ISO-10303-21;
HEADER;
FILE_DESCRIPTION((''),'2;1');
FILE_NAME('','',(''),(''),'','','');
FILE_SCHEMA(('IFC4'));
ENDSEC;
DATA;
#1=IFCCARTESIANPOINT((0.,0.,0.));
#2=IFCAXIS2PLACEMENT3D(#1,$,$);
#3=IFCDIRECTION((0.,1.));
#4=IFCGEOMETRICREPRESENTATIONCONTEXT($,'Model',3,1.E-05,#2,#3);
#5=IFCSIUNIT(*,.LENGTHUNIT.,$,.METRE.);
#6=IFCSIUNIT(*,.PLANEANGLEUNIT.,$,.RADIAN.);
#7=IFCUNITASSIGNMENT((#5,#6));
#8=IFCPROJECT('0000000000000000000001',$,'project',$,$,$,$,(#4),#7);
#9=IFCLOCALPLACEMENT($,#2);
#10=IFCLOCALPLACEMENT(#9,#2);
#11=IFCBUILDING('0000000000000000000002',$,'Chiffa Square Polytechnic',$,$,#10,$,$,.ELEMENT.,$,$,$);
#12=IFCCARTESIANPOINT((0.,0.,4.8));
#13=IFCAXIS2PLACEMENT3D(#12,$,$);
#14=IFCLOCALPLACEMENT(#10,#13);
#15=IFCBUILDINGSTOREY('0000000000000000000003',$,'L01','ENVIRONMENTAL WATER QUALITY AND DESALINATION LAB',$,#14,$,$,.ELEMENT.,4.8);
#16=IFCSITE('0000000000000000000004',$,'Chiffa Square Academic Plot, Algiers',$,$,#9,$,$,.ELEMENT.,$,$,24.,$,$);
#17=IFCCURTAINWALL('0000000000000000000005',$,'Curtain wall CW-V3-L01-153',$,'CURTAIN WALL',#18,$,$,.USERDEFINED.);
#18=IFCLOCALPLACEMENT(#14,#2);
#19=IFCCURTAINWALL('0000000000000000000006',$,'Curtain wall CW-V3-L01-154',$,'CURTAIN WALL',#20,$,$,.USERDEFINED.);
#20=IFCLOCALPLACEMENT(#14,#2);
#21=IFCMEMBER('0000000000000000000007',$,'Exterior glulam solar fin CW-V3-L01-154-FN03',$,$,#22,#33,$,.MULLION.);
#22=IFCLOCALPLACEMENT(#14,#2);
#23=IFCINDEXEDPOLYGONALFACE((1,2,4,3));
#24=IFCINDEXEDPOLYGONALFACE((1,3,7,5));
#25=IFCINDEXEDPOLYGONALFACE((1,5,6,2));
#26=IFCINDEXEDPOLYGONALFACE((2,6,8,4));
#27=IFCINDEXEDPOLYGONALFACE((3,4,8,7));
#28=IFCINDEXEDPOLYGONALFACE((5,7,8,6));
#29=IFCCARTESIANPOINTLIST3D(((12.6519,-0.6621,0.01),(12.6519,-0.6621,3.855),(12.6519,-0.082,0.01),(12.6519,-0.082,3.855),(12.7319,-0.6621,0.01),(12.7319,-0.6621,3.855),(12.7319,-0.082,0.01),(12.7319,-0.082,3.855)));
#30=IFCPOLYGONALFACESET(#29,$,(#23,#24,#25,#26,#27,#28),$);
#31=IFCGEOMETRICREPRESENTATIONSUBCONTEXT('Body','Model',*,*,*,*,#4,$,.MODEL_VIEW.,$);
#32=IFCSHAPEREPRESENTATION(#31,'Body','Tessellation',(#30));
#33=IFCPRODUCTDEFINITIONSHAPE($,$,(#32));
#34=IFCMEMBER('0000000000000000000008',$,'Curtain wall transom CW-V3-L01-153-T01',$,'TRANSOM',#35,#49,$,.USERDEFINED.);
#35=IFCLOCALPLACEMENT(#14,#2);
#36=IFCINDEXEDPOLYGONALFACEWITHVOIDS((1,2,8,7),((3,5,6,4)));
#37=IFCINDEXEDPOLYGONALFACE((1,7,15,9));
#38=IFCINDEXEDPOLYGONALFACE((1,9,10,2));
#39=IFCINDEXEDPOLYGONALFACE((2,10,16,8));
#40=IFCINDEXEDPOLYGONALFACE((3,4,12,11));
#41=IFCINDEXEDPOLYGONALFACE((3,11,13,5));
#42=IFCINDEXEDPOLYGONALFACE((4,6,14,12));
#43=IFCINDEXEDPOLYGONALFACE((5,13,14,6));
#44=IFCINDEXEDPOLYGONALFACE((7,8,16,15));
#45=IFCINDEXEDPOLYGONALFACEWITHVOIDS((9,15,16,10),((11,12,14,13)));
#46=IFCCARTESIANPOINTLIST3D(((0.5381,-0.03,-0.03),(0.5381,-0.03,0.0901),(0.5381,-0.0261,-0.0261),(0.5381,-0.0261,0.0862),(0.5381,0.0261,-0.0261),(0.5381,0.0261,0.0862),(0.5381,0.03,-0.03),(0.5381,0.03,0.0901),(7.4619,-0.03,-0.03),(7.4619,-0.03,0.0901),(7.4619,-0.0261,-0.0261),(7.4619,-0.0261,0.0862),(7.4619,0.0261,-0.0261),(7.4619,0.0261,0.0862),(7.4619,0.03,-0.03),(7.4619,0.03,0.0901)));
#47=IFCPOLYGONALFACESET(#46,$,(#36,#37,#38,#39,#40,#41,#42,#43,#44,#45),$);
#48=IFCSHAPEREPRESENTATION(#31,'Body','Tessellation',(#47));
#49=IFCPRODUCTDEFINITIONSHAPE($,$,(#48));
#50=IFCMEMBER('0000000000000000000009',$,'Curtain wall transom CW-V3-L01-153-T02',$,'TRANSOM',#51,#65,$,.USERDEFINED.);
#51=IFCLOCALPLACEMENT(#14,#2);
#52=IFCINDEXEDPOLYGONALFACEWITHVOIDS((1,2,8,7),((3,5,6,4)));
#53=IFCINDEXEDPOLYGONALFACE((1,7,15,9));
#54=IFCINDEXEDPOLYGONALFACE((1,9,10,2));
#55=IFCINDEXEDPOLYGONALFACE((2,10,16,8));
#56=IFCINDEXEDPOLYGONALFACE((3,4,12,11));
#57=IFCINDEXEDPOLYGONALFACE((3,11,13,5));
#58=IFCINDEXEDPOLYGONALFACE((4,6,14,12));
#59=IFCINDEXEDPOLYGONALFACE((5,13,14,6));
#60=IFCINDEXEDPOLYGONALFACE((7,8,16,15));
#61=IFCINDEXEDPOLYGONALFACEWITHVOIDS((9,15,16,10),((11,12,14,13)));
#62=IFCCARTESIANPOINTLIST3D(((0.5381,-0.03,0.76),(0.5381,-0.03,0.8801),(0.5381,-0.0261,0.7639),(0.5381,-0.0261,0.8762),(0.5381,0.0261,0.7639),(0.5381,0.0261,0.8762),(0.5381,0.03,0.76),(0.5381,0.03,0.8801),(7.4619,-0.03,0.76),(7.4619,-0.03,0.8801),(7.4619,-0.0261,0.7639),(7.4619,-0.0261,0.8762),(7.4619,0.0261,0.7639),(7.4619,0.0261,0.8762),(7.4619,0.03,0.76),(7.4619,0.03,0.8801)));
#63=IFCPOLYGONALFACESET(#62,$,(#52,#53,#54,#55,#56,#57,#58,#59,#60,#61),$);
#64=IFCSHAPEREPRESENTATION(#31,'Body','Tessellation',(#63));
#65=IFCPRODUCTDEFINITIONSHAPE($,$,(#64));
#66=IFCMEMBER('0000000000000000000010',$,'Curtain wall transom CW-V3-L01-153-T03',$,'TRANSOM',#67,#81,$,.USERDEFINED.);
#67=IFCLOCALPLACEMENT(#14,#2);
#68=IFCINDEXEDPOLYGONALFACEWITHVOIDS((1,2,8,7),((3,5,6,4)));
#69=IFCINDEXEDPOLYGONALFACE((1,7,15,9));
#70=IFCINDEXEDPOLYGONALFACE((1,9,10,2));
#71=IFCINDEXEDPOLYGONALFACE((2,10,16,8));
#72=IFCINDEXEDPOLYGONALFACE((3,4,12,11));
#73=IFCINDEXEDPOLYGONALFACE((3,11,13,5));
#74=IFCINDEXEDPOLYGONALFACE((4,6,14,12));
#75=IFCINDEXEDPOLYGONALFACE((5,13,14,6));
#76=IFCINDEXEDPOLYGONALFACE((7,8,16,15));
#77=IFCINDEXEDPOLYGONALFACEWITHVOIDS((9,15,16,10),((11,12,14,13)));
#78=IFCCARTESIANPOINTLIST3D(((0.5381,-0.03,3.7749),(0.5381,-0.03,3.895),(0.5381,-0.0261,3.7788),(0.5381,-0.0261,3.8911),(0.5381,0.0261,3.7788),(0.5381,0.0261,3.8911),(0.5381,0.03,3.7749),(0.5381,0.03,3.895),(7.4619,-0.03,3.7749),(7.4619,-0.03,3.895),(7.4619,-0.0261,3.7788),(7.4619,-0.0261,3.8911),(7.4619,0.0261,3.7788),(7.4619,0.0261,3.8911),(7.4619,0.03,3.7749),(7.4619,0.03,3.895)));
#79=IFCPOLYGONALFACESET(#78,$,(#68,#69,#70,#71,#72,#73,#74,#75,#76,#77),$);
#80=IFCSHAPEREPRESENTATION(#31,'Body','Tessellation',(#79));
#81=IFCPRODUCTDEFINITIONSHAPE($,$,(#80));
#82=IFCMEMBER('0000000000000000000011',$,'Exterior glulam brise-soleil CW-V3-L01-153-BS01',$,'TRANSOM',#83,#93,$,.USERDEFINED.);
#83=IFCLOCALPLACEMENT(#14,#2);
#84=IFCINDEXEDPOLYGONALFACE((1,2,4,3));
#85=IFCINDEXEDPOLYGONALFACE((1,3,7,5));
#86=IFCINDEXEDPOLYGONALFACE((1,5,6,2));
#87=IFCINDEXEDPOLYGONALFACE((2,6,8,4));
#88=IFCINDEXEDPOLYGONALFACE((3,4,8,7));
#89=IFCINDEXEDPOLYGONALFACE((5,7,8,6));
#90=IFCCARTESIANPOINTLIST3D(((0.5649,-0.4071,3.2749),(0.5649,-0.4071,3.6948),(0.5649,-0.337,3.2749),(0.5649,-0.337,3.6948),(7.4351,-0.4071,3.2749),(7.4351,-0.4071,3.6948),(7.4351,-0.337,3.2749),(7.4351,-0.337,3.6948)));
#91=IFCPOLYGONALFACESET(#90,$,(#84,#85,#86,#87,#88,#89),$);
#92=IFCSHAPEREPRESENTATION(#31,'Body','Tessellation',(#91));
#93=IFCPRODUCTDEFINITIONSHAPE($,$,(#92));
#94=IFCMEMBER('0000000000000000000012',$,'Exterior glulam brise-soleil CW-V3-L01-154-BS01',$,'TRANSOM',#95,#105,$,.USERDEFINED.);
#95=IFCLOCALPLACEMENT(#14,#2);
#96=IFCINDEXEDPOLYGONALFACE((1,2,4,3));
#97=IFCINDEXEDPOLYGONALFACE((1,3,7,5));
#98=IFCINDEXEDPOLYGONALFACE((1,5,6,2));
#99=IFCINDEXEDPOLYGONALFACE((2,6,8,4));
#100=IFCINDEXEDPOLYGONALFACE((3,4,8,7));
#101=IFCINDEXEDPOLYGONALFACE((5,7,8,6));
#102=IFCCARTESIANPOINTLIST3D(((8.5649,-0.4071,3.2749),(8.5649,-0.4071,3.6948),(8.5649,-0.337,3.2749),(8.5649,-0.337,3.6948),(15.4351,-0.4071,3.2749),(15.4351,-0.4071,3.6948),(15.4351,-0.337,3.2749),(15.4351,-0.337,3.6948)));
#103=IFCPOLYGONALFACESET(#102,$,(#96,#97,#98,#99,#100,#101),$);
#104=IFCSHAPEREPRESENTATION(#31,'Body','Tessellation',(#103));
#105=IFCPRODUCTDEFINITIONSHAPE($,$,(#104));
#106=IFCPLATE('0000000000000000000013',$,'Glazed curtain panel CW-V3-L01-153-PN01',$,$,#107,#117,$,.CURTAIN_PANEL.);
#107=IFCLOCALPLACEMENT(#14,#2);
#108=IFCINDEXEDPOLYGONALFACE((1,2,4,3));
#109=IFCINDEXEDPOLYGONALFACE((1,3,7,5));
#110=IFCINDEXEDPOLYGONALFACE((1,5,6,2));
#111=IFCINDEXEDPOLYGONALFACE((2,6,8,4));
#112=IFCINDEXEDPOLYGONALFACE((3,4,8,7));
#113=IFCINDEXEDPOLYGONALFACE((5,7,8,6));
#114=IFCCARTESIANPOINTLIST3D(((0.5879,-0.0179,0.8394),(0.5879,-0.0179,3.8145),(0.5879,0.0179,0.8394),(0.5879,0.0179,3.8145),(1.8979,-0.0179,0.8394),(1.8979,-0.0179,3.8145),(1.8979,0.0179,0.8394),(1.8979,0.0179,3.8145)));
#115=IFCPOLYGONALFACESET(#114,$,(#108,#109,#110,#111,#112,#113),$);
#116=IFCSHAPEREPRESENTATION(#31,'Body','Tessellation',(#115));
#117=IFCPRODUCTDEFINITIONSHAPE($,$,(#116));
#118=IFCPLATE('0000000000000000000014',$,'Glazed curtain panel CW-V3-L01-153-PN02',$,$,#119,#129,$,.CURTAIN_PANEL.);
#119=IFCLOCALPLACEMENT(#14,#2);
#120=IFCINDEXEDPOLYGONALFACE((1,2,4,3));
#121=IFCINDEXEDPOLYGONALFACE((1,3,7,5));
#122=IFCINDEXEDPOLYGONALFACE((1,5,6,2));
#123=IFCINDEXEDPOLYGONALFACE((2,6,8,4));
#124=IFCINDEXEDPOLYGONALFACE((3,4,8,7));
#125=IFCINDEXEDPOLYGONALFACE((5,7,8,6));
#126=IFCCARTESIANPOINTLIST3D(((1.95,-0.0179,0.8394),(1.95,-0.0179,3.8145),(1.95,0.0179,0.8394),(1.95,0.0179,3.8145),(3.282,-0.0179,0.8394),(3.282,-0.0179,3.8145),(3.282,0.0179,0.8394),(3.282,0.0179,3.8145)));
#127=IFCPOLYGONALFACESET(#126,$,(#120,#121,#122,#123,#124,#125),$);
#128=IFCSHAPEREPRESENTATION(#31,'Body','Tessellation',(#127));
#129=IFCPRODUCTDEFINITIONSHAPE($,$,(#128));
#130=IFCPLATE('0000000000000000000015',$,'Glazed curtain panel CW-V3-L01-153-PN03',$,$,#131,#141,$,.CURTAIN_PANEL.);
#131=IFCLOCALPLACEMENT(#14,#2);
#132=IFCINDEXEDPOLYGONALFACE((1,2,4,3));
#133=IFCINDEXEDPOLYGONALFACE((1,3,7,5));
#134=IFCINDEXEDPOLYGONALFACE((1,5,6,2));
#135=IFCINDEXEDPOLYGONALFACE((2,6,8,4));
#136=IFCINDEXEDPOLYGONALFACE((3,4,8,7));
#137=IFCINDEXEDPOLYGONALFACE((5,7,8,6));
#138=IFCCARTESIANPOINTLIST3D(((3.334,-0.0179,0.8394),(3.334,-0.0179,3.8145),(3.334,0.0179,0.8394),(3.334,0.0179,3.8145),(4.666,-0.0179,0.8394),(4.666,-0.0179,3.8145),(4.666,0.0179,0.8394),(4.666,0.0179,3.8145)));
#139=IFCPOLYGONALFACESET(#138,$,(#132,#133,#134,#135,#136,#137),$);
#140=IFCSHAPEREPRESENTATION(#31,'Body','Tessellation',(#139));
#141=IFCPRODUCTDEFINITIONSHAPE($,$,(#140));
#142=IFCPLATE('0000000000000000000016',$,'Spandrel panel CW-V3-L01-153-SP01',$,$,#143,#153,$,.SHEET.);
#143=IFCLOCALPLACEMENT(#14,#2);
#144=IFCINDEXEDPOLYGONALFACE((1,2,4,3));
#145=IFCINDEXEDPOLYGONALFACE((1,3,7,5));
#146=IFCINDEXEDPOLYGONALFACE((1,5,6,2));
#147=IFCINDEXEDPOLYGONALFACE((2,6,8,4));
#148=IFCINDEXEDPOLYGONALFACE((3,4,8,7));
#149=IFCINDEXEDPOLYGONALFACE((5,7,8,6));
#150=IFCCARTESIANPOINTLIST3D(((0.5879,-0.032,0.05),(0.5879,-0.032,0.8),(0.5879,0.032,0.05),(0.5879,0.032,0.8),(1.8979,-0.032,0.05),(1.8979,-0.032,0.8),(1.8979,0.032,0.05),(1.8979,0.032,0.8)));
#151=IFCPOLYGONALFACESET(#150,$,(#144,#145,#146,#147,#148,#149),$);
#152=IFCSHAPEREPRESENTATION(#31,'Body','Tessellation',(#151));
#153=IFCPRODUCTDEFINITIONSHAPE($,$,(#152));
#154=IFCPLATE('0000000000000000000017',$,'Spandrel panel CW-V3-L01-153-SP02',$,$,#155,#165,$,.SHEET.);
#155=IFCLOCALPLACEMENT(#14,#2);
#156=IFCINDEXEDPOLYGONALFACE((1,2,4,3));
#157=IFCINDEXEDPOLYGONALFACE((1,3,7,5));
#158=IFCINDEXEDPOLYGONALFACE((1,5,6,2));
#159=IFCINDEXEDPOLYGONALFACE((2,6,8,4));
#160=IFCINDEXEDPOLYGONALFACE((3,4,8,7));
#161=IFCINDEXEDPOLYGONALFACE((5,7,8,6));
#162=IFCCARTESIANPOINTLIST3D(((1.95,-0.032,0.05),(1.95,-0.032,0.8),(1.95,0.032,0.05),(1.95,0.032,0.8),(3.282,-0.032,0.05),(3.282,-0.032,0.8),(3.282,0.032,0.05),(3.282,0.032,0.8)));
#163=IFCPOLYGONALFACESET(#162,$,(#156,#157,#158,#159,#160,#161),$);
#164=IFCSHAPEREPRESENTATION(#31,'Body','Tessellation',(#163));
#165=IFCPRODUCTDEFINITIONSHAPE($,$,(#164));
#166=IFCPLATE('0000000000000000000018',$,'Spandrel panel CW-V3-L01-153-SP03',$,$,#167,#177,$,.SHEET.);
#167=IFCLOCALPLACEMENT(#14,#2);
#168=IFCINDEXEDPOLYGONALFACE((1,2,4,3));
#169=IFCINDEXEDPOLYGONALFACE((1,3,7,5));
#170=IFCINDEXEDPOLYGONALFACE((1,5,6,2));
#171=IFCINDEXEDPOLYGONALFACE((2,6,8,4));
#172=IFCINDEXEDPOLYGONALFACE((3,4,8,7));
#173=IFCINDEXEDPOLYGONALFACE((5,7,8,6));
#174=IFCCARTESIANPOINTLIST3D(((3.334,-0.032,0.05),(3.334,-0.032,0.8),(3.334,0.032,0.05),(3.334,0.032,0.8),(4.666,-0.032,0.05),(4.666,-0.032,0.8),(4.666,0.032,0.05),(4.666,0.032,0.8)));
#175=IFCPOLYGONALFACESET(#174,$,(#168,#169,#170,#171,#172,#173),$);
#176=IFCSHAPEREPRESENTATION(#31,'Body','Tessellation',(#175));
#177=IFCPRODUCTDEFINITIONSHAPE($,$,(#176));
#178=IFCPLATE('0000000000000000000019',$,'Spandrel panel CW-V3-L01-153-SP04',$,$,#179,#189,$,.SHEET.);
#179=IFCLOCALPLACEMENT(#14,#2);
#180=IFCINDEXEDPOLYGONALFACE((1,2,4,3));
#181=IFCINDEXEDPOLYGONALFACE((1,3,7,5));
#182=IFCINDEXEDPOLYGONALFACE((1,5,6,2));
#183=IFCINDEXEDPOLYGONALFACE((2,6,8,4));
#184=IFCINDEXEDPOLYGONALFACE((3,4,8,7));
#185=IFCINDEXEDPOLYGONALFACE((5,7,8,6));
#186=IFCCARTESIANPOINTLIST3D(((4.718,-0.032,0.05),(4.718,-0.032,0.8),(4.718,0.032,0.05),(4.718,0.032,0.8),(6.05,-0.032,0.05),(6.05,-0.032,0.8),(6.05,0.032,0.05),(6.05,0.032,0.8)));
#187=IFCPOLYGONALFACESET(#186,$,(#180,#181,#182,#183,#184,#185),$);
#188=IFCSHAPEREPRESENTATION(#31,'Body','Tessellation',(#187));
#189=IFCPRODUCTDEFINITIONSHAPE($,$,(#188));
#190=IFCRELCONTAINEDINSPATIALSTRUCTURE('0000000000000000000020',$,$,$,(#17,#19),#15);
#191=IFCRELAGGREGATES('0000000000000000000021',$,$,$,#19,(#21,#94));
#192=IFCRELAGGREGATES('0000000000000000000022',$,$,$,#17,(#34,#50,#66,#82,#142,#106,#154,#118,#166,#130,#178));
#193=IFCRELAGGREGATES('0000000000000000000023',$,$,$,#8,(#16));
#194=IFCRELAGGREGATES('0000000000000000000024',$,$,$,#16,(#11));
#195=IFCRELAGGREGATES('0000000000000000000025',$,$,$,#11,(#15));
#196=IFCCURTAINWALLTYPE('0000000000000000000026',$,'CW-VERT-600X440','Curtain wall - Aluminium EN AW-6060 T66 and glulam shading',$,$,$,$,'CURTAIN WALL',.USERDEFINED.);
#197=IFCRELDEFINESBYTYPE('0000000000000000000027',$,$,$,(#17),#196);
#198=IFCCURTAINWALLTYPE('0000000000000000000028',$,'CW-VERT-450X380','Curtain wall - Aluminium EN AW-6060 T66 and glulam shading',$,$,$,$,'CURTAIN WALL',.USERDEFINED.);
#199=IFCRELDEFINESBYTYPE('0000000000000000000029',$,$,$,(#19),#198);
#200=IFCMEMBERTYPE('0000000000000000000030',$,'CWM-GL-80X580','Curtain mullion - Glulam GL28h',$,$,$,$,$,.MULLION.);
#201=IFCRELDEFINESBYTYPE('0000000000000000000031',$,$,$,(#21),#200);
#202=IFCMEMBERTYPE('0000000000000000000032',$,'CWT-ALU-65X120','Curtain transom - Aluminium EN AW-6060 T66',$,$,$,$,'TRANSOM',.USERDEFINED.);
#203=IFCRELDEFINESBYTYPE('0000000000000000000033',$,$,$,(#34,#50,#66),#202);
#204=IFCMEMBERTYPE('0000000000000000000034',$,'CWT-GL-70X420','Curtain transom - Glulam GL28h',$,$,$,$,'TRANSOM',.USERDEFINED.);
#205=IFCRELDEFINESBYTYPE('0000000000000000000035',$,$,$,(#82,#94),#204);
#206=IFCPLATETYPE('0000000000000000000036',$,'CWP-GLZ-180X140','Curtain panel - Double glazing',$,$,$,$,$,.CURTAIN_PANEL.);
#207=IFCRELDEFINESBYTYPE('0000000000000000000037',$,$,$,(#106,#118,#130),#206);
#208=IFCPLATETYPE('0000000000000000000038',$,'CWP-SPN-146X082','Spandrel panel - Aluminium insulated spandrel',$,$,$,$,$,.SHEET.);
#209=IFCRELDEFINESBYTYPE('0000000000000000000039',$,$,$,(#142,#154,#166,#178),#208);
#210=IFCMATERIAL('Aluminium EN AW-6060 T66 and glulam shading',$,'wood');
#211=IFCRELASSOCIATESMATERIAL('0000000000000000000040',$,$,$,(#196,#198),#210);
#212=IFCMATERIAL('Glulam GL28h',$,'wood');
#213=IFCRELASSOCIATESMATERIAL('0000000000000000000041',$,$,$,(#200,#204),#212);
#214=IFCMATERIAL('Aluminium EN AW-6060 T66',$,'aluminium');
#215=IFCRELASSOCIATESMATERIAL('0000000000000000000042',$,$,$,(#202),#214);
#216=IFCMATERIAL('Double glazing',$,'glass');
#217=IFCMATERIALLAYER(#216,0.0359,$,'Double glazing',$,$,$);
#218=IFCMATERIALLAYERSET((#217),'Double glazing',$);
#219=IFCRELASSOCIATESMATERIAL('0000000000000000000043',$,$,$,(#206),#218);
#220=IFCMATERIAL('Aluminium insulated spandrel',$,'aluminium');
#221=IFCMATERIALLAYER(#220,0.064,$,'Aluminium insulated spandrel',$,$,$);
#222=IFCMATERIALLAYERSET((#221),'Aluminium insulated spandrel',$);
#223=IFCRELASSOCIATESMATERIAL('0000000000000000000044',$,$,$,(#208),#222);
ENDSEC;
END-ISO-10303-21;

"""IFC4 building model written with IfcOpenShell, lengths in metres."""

from ifc_helpers import new_model, si_unit, direction, frame, origin, origin_2d, place, context, subcontext, project, spatial, rectangle, hollow_rectangle, extrude, material, layer, layer_set, material_profile, profile_set, type_object, element, aggregate, save


model = new_model("IFC4")

# Units and contexts
model_context = context("Model", 3, precision=1e-05, world=origin(), true_north=direction((0.0, 1.0)))
body_context = subcontext(model_context, "Body", "Model", "MODEL_VIEW")
ifc_project = project(units=[si_unit("LENGTHUNIT", "METRE"), si_unit("PLANEANGLEUNIT", "RADIAN")], contexts=[model_context])

# Site, building, storey
site_placement = place(None, origin())
site = spatial("IfcSite", under=ifc_project, at=site_placement, Name="Chiffa Square Academic Plot, Algiers", CompositionType="ELEMENT", RefElevation=24.0)
building_placement = place(site_placement, origin())
building = spatial("IfcBuilding", under=site, at=building_placement, Name="Chiffa Square Polytechnic", CompositionType="ELEMENT")
storey_placement = place(building_placement, frame((0.0, 0.0, 4.8)))
storey = spatial("IfcBuildingStorey", under=building, at=storey_placement, Name="L01", Description="ENVIRONMENTAL WATER QUALITY AND DESALINATION LAB", CompositionType="ELEMENT", Elevation=4.8)

# Curtain walls, member
ifc_material_1 = material(Name="Aluminium EN AW-6060 T66 and glulam shading", Category="wood")
curtain_wall_type_1 = type_object("IfcCurtainWallType", Name="CW-VERT-600X440", Description="Curtain wall - Aluminium EN AW-6060 T66 and glulam shading", ElementType="CURTAIN WALL", PredefinedType="USERDEFINED", material=ifc_material_1)
curtain_wall_1_placement = place(storey_placement, origin())
curtain_wall_1 = element("IfcCurtainWall", 1, at=curtain_wall_1_placement, inside=storey, type_object=curtain_wall_type_1, Name="Curtain wall CW-V3-L01-153", ObjectType="CURTAIN WALL", PredefinedType="USERDEFINED")
ifc_material_2 = material(Name="Aluminium EN AW-6060 T66", Category="aluminium")
ifc_material_3 = material(Name="Glulam GL28h", Category="wood")
ifc_material_profile_1 = material_profile(ifc_material_3, rectangle(XDim=0.0801, YDim=0.5801, at=origin_2d()), Name="GL28h 80x580")
ifc_profile_set_1 = profile_set([ifc_material_profile_1], Name="Glulam GL28h")
member_type_1 = type_object("IfcMemberType", Name="CWM-GL-80X580", Description="Curtain mullion - Glulam GL28h", PredefinedType="MULLION", material=ifc_profile_set_1)
curtain_wall_type_2 = type_object("IfcCurtainWallType", Name="CW-VERT-450X380", Description="Curtain wall - Aluminium EN AW-6060 T66 and glulam shading", ElementType="CURTAIN WALL", PredefinedType="USERDEFINED", material=ifc_material_1)
curtain_wall_2_placement = place(storey_placement, origin())
curtain_wall_2 = element("IfcCurtainWall", 2, at=curtain_wall_2_placement, inside=storey, type_object=curtain_wall_type_2, Name="Curtain wall CW-V3-L01-154", ObjectType="CURTAIN WALL", PredefinedType="USERDEFINED")
member_1_placement = place(storey_placement, frame((12.6919, -0.3721, 0.01), z_axis=(0.0, 0.0, 1.0), x_axis=(1.0, 0.0, 0.0)))
member_1 = element("IfcMember", 3, at=member_1_placement, type_object=member_type_1, Name="Exterior glulam solar fin CW-V3-L01-154-FN03", PredefinedType="MULLION", context=body_context, shape_type="SweptSolid", body=[
    extrude(rectangle(XDim=0.0801, YDim=0.5801, at=origin_2d()), origin(), (0.0, 0.0, 1.0), 3.845),
])

# Members
ifc_material_profile_2 = material_profile(ifc_material_2, hollow_rectangle(XDim=0.0601, YDim=0.1201, WallThickness=0.0039, at=origin_2d()), Name="ALU 60x120x4")
ifc_profile_set_2 = profile_set([ifc_material_profile_2], Name="Aluminium EN AW-6060 T66")
member_type_2 = type_object("IfcMemberType", Name="CWT-ALU-65X120", Description="Curtain transom - Aluminium EN AW-6060 T66", ElementType="TRANSOM", PredefinedType="USERDEFINED", material=ifc_profile_set_2)
member_2_placement = place(storey_placement, frame((0.5381, 0.0, 0.03), z_axis=(1.0, 0.0, 0.0), x_axis=(0.0, 1.0, 0.0)))
member_2 = element("IfcMember", 4, at=member_2_placement, type_object=member_type_2, Name="Curtain wall transom CW-V3-L01-153-T01", ObjectType="TRANSOM", PredefinedType="USERDEFINED", context=body_context, shape_type="SweptSolid", body=[
    extrude(hollow_rectangle(XDim=0.0601, YDim=0.1201, WallThickness=0.0039, at=origin_2d()), origin(), (0.0, 0.0, 1.0), 6.9238),
])
member_3_placement = place(storey_placement, frame((0.5381, 0.0, 0.8201), z_axis=(1.0, 0.0, 0.0), x_axis=(0.0, 1.0, 0.0)))
member_3 = element("IfcMember", 5, at=member_3_placement, type_object=member_type_2, Name="Curtain wall transom CW-V3-L01-153-T02", ObjectType="TRANSOM", PredefinedType="USERDEFINED", context=body_context, shape_type="SweptSolid", body=[
    extrude(hollow_rectangle(XDim=0.0601, YDim=0.1201, WallThickness=0.0039, at=origin_2d()), origin(), (0.0, 0.0, 1.0), 6.9238),
])
member_4_placement = place(storey_placement, frame((0.5381, 0.0, 3.835), z_axis=(1.0, 0.0, 0.0), x_axis=(0.0, 1.0, 0.0)))
member_4 = element("IfcMember", 6, at=member_4_placement, type_object=member_type_2, Name="Curtain wall transom CW-V3-L01-153-T03", ObjectType="TRANSOM", PredefinedType="USERDEFINED", context=body_context, shape_type="SweptSolid", body=[
    extrude(hollow_rectangle(XDim=0.0601, YDim=0.1201, WallThickness=0.0039, at=origin_2d()), origin(), (0.0, 0.0, 1.0), 6.9238),
])
ifc_material_profile_3 = material_profile(ifc_material_3, rectangle(XDim=0.0701, YDim=0.4199, at=origin_2d()), Name="GL28h 70x420")
ifc_profile_set_3 = profile_set([ifc_material_profile_3], Name="Glulam GL28h")
member_type_3 = type_object("IfcMemberType", Name="CWT-GL-70X420", Description="Curtain transom - Glulam GL28h", ElementType="TRANSOM", PredefinedType="USERDEFINED", material=ifc_profile_set_3)
member_5_placement = place(storey_placement, frame((0.5649, -0.3721, 3.4849), z_axis=(1.0, 0.0, 0.0), x_axis=(0.0, 1.0, 0.0)))
member_5 = element("IfcMember", 7, at=member_5_placement, type_object=member_type_3, Name="Exterior glulam brise-soleil CW-V3-L01-153-BS01", ObjectType="TRANSOM", PredefinedType="USERDEFINED", context=body_context, shape_type="SweptSolid", body=[
    extrude(rectangle(XDim=0.0701, YDim=0.4199, at=origin_2d()), origin(), (0.0, 0.0, 1.0), 6.8701),
])
member_6_placement = place(storey_placement, frame((8.5649, -0.3721, 3.4849), z_axis=(1.0, 0.0, 0.0), x_axis=(0.0, 1.0, 0.0)))
member_6 = element("IfcMember", 8, at=member_6_placement, type_object=member_type_3, Name="Exterior glulam brise-soleil CW-V3-L01-154-BS01", ObjectType="TRANSOM", PredefinedType="USERDEFINED", context=body_context, shape_type="SweptSolid", body=[
    extrude(rectangle(XDim=0.0701, YDim=0.4199, at=origin_2d()), origin(), (0.0, 0.0, 1.0), 6.8701),
])
aggregate(curtain_wall_2, [member_1, member_6])

# Plates
ifc_material_4 = material(Name="Double glazing", Category="glass")
ifc_layer_1 = layer(ifc_material_4, 0.0359, Name="Double glazing")
ifc_layer_set_1 = layer_set([ifc_layer_1], Name="Double glazing")
plate_type_1 = type_object("IfcPlateType", Name="CWP-GLZ-180X140", Description="Curtain panel - Double glazing", PredefinedType="CURTAIN_PANEL", material=ifc_layer_set_1)
plate_1_placement = place(storey_placement, frame((1.2429, 0.0, 0.8394), z_axis=(0.0, 0.0, 1.0), x_axis=(1.0, 0.0, 0.0)))
plate_1 = element("IfcPlate", 9, at=plate_1_placement, type_object=plate_type_1, Name="Glazed curtain panel CW-V3-L01-153-PN01", PredefinedType="CURTAIN_PANEL", context=body_context, shape_type="SweptSolid", body=[
    extrude(rectangle(XDim=1.3101, YDim=0.0359, at=origin_2d()), origin(), (0.0, 0.0, 1.0), 2.9751),
])
plate_2_placement = place(storey_placement, frame((2.616, 0.0, 0.8394), z_axis=(0.0, 0.0, 1.0), x_axis=(1.0, 0.0, 0.0)))
plate_2 = element("IfcPlate", 10, at=plate_2_placement, type_object=plate_type_1, Name="Glazed curtain panel CW-V3-L01-153-PN02", PredefinedType="CURTAIN_PANEL", context=body_context, shape_type="SweptSolid", body=[
    extrude(rectangle(XDim=1.332, YDim=0.0359, at=origin_2d()), origin(), (0.0, 0.0, 1.0), 2.9751),
])
plate_3_placement = place(storey_placement, frame((4.0, 0.0, 0.8394), z_axis=(0.0, 0.0, 1.0), x_axis=(1.0, 0.0, 0.0)))
plate_3 = element("IfcPlate", 11, at=plate_3_placement, type_object=plate_type_1, Name="Glazed curtain panel CW-V3-L01-153-PN03", PredefinedType="CURTAIN_PANEL", context=body_context, shape_type="SweptSolid", body=[
    extrude(rectangle(XDim=1.332, YDim=0.0359, at=origin_2d()), origin(), (0.0, 0.0, 1.0), 2.9751),
])
ifc_material_5 = material(Name="Aluminium insulated spandrel", Category="aluminium")
ifc_layer_2 = layer(ifc_material_5, 0.064, Name="Aluminium insulated spandrel")
ifc_layer_set_2 = layer_set([ifc_layer_2], Name="Aluminium insulated spandrel")
plate_type_2 = type_object("IfcPlateType", Name="CWP-SPN-146X082", Description="Spandrel panel - Aluminium insulated spandrel", PredefinedType="SHEET", material=ifc_layer_set_2)
plate_4_placement = place(storey_placement, frame((1.2429, 0.0, 0.05), z_axis=(0.0, 0.0, 1.0), x_axis=(1.0, 0.0, 0.0)))
plate_4 = element("IfcPlate", 12, at=plate_4_placement, type_object=plate_type_2, Name="Spandrel panel CW-V3-L01-153-SP01", PredefinedType="SHEET", context=body_context, shape_type="SweptSolid", body=[
    extrude(rectangle(XDim=1.3101, YDim=0.064, at=origin_2d()), origin(), (0.0, 0.0, 1.0), 0.75),
])
plate_5_placement = place(storey_placement, frame((2.616, 0.0, 0.05), z_axis=(0.0, 0.0, 1.0), x_axis=(1.0, 0.0, 0.0)))
plate_5 = element("IfcPlate", 13, at=plate_5_placement, type_object=plate_type_2, Name="Spandrel panel CW-V3-L01-153-SP02", PredefinedType="SHEET", context=body_context, shape_type="SweptSolid", body=[
    extrude(rectangle(XDim=1.332, YDim=0.064, at=origin_2d()), origin(), (0.0, 0.0, 1.0), 0.75),
])
plate_6_placement = place(storey_placement, frame((4.0, 0.0, 0.05), z_axis=(0.0, 0.0, 1.0), x_axis=(1.0, 0.0, 0.0)))
plate_6 = element("IfcPlate", 14, at=plate_6_placement, type_object=plate_type_2, Name="Spandrel panel CW-V3-L01-153-SP03", PredefinedType="SHEET", context=body_context, shape_type="SweptSolid", body=[
    extrude(rectangle(XDim=1.332, YDim=0.064, at=origin_2d()), origin(), (0.0, 0.0, 1.0), 0.75),
])
plate_7_placement = place(storey_placement, frame((5.384, 0.0, 0.05), z_axis=(0.0, 0.0, 1.0), x_axis=(1.0, 0.0, 0.0)))
plate_7 = element("IfcPlate", 15, at=plate_7_placement, type_object=plate_type_2, Name="Spandrel panel CW-V3-L01-153-SP04", PredefinedType="SHEET", context=body_context, shape_type="SweptSolid", body=[
    extrude(rectangle(XDim=1.332, YDim=0.064, at=origin_2d()), origin(), (0.0, 0.0, 1.0), 0.75),
])
aggregate(curtain_wall_1, [member_2, member_3, member_4, member_5, plate_4, plate_1, plate_5, plate_2, plate_6, plate_3, plate_7])

save(model, "model.ifc")
